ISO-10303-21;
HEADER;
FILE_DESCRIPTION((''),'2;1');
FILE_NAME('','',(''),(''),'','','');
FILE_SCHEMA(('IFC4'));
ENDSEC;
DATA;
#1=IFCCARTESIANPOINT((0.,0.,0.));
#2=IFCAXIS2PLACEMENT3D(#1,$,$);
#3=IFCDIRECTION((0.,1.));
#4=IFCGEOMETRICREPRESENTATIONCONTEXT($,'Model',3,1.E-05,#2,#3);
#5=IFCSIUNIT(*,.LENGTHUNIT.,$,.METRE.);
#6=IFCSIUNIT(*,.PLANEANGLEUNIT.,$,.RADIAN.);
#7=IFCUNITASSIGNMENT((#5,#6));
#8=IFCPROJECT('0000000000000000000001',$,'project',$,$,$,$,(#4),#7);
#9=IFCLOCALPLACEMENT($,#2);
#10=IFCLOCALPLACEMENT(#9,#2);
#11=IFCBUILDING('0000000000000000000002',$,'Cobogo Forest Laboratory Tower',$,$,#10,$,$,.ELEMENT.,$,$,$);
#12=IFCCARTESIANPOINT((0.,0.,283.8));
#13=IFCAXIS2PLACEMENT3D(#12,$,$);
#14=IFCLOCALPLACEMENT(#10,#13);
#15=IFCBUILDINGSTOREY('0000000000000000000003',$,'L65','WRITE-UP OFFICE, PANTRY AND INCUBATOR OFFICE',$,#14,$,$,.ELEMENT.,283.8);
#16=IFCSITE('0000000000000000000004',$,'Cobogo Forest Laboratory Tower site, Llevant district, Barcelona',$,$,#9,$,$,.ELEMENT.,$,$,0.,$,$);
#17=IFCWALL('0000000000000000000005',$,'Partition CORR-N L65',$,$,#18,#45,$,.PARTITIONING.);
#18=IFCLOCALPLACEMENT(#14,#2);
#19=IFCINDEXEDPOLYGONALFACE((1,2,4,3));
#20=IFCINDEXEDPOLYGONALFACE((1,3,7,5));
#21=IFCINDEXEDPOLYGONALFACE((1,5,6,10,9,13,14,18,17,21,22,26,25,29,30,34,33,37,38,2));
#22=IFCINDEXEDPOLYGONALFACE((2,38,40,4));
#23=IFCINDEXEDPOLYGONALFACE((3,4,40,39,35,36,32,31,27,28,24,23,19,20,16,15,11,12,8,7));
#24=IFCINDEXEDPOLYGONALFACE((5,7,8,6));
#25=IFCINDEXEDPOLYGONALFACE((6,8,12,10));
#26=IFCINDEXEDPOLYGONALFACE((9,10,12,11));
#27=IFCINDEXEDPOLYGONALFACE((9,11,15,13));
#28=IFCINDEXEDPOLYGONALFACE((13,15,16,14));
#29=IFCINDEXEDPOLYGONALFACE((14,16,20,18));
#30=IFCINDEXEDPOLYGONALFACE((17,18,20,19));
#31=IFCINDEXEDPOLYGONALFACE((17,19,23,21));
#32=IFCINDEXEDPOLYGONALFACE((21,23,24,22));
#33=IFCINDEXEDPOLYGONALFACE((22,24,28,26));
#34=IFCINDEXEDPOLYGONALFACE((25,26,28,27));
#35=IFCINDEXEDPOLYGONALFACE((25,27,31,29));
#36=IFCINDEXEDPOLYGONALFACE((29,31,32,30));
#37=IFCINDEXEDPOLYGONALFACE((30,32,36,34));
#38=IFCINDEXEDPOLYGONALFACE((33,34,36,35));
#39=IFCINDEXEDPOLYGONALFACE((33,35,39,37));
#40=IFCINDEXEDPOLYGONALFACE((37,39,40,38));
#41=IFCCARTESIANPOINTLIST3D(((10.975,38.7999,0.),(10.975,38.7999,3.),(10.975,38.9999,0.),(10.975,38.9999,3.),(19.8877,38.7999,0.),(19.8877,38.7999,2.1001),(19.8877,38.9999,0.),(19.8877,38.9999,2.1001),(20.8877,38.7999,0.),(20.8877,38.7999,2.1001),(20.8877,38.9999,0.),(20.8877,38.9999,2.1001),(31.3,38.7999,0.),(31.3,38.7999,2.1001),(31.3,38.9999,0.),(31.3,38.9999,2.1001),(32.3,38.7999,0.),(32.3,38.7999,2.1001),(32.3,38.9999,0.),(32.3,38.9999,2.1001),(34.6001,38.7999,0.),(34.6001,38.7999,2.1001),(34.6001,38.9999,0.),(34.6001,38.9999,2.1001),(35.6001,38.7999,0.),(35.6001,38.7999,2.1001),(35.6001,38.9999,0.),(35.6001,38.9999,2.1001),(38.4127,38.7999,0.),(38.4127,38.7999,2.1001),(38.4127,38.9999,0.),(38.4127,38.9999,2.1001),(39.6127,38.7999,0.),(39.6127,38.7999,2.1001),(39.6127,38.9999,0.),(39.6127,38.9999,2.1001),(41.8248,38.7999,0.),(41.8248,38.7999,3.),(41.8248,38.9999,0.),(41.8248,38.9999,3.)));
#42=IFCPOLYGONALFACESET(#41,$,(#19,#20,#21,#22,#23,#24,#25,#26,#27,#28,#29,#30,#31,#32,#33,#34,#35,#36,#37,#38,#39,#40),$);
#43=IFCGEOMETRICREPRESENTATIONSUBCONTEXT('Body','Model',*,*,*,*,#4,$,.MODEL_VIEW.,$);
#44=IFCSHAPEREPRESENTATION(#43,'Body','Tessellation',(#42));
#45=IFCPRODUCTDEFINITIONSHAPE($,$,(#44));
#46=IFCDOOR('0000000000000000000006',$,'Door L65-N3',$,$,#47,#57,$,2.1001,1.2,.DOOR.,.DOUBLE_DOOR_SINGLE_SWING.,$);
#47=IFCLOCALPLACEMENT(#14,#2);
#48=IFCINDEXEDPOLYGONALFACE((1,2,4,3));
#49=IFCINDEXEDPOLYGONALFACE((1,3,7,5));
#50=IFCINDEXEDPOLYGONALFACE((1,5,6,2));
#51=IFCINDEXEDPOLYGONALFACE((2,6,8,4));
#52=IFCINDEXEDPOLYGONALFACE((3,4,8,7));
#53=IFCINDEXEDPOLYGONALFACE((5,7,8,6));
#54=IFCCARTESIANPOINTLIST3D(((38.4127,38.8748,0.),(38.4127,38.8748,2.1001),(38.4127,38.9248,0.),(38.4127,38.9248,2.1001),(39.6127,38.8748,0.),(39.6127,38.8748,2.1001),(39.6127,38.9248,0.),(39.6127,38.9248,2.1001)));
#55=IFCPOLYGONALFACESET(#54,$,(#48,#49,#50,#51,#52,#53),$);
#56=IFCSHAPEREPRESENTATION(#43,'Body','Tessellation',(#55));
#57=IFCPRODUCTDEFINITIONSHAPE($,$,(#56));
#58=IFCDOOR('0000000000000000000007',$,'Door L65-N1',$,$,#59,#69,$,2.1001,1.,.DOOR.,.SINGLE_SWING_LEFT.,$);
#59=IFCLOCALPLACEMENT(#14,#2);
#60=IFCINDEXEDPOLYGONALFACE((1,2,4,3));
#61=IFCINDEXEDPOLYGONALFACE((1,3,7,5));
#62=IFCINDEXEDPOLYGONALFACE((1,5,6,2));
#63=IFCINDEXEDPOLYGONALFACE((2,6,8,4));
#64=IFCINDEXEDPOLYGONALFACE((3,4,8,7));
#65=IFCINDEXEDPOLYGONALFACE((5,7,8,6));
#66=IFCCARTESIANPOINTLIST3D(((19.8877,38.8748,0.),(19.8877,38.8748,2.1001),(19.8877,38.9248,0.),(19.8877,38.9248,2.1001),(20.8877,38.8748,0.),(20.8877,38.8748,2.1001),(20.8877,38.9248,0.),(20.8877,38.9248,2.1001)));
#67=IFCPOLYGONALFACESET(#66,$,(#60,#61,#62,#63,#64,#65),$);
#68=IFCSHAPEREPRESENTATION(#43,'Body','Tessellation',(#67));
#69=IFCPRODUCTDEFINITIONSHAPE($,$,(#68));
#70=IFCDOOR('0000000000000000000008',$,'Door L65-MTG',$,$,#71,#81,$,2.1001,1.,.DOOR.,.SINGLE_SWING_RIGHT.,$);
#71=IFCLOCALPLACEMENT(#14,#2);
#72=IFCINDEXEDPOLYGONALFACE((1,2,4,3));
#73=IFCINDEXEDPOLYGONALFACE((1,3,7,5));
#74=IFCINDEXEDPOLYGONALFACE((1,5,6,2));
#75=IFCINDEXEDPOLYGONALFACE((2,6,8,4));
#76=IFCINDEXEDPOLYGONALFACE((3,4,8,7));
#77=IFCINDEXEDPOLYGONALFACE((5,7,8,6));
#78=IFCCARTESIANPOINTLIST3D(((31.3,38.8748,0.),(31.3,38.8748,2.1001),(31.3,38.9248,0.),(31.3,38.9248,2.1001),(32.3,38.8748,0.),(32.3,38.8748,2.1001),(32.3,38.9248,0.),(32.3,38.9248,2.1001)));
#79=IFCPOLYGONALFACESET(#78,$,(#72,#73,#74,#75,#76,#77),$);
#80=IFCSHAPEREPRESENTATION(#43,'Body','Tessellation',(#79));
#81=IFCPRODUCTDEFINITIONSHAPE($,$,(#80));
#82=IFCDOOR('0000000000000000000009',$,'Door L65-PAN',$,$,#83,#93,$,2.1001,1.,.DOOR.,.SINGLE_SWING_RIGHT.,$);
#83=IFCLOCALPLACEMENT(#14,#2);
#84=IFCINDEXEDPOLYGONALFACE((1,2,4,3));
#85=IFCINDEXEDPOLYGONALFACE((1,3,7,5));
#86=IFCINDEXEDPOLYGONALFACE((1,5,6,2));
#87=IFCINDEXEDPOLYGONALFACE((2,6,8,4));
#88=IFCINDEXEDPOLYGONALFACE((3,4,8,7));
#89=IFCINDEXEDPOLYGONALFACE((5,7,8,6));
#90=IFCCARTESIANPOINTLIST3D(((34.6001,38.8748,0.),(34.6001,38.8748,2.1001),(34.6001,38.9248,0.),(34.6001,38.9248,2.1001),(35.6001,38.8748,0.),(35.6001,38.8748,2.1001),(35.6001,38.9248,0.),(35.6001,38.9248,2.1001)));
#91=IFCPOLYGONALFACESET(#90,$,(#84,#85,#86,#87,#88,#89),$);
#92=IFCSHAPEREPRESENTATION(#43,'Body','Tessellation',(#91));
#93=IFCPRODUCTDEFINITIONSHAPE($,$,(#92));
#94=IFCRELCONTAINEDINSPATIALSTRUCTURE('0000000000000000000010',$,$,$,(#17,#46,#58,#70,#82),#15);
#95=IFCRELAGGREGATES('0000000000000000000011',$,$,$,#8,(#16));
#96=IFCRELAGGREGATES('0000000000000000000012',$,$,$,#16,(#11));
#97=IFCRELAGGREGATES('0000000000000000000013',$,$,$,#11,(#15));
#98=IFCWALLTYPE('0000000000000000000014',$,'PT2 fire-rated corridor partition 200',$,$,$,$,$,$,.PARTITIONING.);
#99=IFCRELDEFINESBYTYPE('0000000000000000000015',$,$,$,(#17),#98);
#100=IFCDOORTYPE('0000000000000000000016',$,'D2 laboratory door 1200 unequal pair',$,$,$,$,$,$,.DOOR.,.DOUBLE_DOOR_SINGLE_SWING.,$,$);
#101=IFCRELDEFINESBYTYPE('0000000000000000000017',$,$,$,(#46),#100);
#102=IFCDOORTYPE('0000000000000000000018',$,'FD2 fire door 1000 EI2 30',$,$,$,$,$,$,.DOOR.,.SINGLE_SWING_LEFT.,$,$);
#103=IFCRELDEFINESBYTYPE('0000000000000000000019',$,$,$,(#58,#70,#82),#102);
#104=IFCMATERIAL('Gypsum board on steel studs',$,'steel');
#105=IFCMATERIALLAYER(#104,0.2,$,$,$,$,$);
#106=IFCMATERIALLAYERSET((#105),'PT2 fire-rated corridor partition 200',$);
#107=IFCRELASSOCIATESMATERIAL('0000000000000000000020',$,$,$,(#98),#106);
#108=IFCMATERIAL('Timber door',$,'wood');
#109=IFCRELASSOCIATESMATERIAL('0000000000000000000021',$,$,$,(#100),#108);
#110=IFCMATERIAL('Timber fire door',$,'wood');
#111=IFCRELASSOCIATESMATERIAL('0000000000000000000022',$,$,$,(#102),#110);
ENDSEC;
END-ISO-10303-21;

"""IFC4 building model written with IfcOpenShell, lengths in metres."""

from ifc_helpers import new_model, si_unit, direction, frame, frame_2d, origin, place, context, subcontext, project, spatial, rectangle, extrude, material, layer, layer_set, type_object, element, fill, save


model = new_model("IFC4")

# Units and contexts
model_context = context("Model", 3, precision=1e-05, world=origin(), true_north=direction((0.0, 1.0)))
body_context = subcontext(model_context, "Body", "Model", "MODEL_VIEW")
ifc_project = project(units=[si_unit("LENGTHUNIT", "METRE"), si_unit("PLANEANGLEUNIT", "RADIAN")], contexts=[model_context])

# Site, building, storey
site_placement = place(None, origin())
site = spatial("IfcSite", under=ifc_project, at=site_placement, Name="Cobogo Forest Laboratory Tower site, Llevant district, Barcelona", CompositionType="ELEMENT", RefElevation=0.0)
building_placement = place(site_placement, origin())
building = spatial("IfcBuilding", under=site, at=building_placement, Name="Cobogo Forest Laboratory Tower", CompositionType="ELEMENT")
storey_placement = place(building_placement, frame((0.0, 0.0, 283.8)))
storey = spatial("IfcBuildingStorey", under=building, at=storey_placement, Name="L65", Description="WRITE-UP OFFICE, PANTRY AND INCUBATOR OFFICE", CompositionType="ELEMENT", Elevation=283.8)

# Shared definitions
ifc_material_1 = material(Name="Gypsum board on steel studs", Category="steel")

# Wall, openings, doors
ifc_layer_1 = layer(ifc_material_1, 0.2)
ifc_layer_set_1 = layer_set([ifc_layer_1], Name="PT2 fire-rated corridor partition 200")
wall_type_1 = type_object("IfcWallType", Name="PT2 fire-rated corridor partition 200", PredefinedType="PARTITIONING", material=ifc_layer_set_1)
wall_1_placement = place(storey_placement, frame((10.9751, 38.8999, 0.0), z_axis=(0.0, 0.0, 1.0), x_axis=(1.0, 0.0, 0.0)))
wall_1 = element("IfcWall", 1, at=wall_1_placement, inside=storey, type_object=wall_type_1, Name="Partition CORR-N L65", PredefinedType="PARTITIONING", context=body_context, shape_type="SweptSolid", body=[
    extrude(rectangle(XDim=30.8499, YDim=0.2, at=frame_2d((15.4248, 0.0))), origin(), (0.0, 0.0, 1.0), 3.0),
])
opening_1_placement = place(wall_1_placement, frame((8.9126, 0.0, 0.0)))
opening_1 = element("IfcOpeningElement", 2, at=opening_1_placement, cuts=wall_1, PredefinedType="OPENING", context=body_context, shape_type="SweptSolid", body=[
    extrude(rectangle(XDim=1.0, YDim=2.1001, at=frame_2d((0.5, 1.05))), frame((0.0, 0.1099, 0.0), z_axis=(0.0, -1.0, 0.0), x_axis=(1.0, 0.0, 0.0)), (0.0, 0.0, 1.0), 0.22),
])
opening_2_placement = place(wall_1_placement, frame((20.325, 0.0, 0.0)))
opening_2 = element("IfcOpeningElement", 3, at=opening_2_placement, cuts=wall_1, PredefinedType="OPENING", context=body_context, shape_type="SweptSolid", body=[
    extrude(rectangle(XDim=1.0, YDim=2.1001, at=frame_2d((0.5, 1.05))), frame((0.0, 0.1099, 0.0), z_axis=(0.0, -1.0, 0.0), x_axis=(1.0, 0.0, 0.0)), (0.0, 0.0, 1.0), 0.22),
])
opening_3_placement = place(wall_1_placement, frame((23.625, 0.0, 0.0)))
opening_3 = element("IfcOpeningElement", 4, at=opening_3_placement, cuts=wall_1, PredefinedType="OPENING", context=body_context, shape_type="SweptSolid", body=[
    extrude(rectangle(XDim=1.0, YDim=2.1001, at=frame_2d((0.5, 1.05))), frame((0.0, 0.1099, 0.0), z_axis=(0.0, -1.0, 0.0), x_axis=(1.0, 0.0, 0.0)), (0.0, 0.0, 1.0), 0.22),
])
opening_4_placement = place(wall_1_placement, frame((27.4375, 0.0, 0.0)))
opening_4 = element("IfcOpeningElement", 5, at=opening_4_placement, cuts=wall_1, PredefinedType="OPENING", context=body_context, shape_type="SweptSolid", body=[
    extrude(rectangle(XDim=1.2, YDim=2.1001, at=frame_2d((0.6001, 1.05))), frame((0.0, 0.1099, 0.0), z_axis=(0.0, -1.0, 0.0), x_axis=(1.0, 0.0, 0.0)), (0.0, 0.0, 1.0), 0.22),
])
ifc_material_2 = material(Name="Timber door", Category="wood")
door_type_1 = type_object("IfcDoorType", Name="D2 laboratory door 1200 unequal pair", OperationType="DOUBLE_DOOR_SINGLE_SWING", PredefinedType="DOOR", material=ifc_material_2)
door_1_placement = place(opening_4_placement, origin())
door_1 = element("IfcDoor", 6, at=door_1_placement, inside=storey, type_object=door_type_1, Name="Door L65-N3", OperationType="DOUBLE_DOOR_SINGLE_SWING", OverallHeight=2.1001, OverallWidth=1.2, PredefinedType="DOOR", context=body_context, shape_type="SweptSolid", body=[
    extrude(rectangle(XDim=1.2, YDim=2.1001, at=frame_2d((0.6001, 1.05))), frame((0.0, 0.0249, 0.0), z_axis=(0.0, -1.0, 0.0), x_axis=(1.0, 0.0, 0.0)), (0.0, 0.0, 1.0), 0.05),
])
fill(opening_4, door_1)
ifc_material_3 = material(Name="Timber fire door", Category="wood")
door_type_2 = type_object("IfcDoorType", Name="FD2 fire door 1000 EI2 30", OperationType="SINGLE_SWING_LEFT", PredefinedType="DOOR", material=ifc_material_3)
door_2_placement = place(opening_1_placement, origin())
door_2 = element("IfcDoor", 7, at=door_2_placement, inside=storey, type_object=door_type_2, Name="Door L65-N1", OperationType="SINGLE_SWING_LEFT", OverallHeight=2.1001, OverallWidth=1.0, PredefinedType="DOOR", context=body_context, shape_type="SweptSolid", body=[
    extrude(rectangle(XDim=1.0, YDim=2.1001, at=frame_2d((0.5, 1.05))), frame((0.0, 0.0249, 0.0), z_axis=(0.0, -1.0, 0.0), x_axis=(1.0, 0.0, 0.0)), (0.0, 0.0, 1.0), 0.05),
])
fill(opening_1, door_2)
door_3_placement = place(opening_2_placement, origin())
door_3 = element("IfcDoor", 8, at=door_3_placement, inside=storey, type_object=door_type_2, Name="Door L65-MTG", OperationType="SINGLE_SWING_RIGHT", OverallHeight=2.1001, OverallWidth=1.0, PredefinedType="DOOR", context=body_context, shape_type="SweptSolid", body=[
    extrude(rectangle(XDim=1.0, YDim=2.1001, at=frame_2d((0.5, 1.05))), frame((0.0, 0.0249, 0.0), z_axis=(0.0, -1.0, 0.0), x_axis=(1.0, 0.0, 0.0)), (0.0, 0.0, 1.0), 0.05),
])
fill(opening_2, door_3)
door_4_placement = place(opening_3_placement, origin())
door_4 = element("IfcDoor", 9, at=door_4_placement, inside=storey, type_object=door_type_2, Name="Door L65-PAN", OperationType="SINGLE_SWING_RIGHT", OverallHeight=2.1001, OverallWidth=1.0, PredefinedType="DOOR", context=body_context, shape_type="SweptSolid", body=[
    extrude(rectangle(XDim=1.0, YDim=2.1001, at=frame_2d((0.5, 1.05))), frame((0.0, 0.0249, 0.0), z_axis=(0.0, -1.0, 0.0), x_axis=(1.0, 0.0, 0.0)), (0.0, 0.0, 1.0), 0.05),
])
fill(opening_3, door_4)

save(model, "model.ifc")
